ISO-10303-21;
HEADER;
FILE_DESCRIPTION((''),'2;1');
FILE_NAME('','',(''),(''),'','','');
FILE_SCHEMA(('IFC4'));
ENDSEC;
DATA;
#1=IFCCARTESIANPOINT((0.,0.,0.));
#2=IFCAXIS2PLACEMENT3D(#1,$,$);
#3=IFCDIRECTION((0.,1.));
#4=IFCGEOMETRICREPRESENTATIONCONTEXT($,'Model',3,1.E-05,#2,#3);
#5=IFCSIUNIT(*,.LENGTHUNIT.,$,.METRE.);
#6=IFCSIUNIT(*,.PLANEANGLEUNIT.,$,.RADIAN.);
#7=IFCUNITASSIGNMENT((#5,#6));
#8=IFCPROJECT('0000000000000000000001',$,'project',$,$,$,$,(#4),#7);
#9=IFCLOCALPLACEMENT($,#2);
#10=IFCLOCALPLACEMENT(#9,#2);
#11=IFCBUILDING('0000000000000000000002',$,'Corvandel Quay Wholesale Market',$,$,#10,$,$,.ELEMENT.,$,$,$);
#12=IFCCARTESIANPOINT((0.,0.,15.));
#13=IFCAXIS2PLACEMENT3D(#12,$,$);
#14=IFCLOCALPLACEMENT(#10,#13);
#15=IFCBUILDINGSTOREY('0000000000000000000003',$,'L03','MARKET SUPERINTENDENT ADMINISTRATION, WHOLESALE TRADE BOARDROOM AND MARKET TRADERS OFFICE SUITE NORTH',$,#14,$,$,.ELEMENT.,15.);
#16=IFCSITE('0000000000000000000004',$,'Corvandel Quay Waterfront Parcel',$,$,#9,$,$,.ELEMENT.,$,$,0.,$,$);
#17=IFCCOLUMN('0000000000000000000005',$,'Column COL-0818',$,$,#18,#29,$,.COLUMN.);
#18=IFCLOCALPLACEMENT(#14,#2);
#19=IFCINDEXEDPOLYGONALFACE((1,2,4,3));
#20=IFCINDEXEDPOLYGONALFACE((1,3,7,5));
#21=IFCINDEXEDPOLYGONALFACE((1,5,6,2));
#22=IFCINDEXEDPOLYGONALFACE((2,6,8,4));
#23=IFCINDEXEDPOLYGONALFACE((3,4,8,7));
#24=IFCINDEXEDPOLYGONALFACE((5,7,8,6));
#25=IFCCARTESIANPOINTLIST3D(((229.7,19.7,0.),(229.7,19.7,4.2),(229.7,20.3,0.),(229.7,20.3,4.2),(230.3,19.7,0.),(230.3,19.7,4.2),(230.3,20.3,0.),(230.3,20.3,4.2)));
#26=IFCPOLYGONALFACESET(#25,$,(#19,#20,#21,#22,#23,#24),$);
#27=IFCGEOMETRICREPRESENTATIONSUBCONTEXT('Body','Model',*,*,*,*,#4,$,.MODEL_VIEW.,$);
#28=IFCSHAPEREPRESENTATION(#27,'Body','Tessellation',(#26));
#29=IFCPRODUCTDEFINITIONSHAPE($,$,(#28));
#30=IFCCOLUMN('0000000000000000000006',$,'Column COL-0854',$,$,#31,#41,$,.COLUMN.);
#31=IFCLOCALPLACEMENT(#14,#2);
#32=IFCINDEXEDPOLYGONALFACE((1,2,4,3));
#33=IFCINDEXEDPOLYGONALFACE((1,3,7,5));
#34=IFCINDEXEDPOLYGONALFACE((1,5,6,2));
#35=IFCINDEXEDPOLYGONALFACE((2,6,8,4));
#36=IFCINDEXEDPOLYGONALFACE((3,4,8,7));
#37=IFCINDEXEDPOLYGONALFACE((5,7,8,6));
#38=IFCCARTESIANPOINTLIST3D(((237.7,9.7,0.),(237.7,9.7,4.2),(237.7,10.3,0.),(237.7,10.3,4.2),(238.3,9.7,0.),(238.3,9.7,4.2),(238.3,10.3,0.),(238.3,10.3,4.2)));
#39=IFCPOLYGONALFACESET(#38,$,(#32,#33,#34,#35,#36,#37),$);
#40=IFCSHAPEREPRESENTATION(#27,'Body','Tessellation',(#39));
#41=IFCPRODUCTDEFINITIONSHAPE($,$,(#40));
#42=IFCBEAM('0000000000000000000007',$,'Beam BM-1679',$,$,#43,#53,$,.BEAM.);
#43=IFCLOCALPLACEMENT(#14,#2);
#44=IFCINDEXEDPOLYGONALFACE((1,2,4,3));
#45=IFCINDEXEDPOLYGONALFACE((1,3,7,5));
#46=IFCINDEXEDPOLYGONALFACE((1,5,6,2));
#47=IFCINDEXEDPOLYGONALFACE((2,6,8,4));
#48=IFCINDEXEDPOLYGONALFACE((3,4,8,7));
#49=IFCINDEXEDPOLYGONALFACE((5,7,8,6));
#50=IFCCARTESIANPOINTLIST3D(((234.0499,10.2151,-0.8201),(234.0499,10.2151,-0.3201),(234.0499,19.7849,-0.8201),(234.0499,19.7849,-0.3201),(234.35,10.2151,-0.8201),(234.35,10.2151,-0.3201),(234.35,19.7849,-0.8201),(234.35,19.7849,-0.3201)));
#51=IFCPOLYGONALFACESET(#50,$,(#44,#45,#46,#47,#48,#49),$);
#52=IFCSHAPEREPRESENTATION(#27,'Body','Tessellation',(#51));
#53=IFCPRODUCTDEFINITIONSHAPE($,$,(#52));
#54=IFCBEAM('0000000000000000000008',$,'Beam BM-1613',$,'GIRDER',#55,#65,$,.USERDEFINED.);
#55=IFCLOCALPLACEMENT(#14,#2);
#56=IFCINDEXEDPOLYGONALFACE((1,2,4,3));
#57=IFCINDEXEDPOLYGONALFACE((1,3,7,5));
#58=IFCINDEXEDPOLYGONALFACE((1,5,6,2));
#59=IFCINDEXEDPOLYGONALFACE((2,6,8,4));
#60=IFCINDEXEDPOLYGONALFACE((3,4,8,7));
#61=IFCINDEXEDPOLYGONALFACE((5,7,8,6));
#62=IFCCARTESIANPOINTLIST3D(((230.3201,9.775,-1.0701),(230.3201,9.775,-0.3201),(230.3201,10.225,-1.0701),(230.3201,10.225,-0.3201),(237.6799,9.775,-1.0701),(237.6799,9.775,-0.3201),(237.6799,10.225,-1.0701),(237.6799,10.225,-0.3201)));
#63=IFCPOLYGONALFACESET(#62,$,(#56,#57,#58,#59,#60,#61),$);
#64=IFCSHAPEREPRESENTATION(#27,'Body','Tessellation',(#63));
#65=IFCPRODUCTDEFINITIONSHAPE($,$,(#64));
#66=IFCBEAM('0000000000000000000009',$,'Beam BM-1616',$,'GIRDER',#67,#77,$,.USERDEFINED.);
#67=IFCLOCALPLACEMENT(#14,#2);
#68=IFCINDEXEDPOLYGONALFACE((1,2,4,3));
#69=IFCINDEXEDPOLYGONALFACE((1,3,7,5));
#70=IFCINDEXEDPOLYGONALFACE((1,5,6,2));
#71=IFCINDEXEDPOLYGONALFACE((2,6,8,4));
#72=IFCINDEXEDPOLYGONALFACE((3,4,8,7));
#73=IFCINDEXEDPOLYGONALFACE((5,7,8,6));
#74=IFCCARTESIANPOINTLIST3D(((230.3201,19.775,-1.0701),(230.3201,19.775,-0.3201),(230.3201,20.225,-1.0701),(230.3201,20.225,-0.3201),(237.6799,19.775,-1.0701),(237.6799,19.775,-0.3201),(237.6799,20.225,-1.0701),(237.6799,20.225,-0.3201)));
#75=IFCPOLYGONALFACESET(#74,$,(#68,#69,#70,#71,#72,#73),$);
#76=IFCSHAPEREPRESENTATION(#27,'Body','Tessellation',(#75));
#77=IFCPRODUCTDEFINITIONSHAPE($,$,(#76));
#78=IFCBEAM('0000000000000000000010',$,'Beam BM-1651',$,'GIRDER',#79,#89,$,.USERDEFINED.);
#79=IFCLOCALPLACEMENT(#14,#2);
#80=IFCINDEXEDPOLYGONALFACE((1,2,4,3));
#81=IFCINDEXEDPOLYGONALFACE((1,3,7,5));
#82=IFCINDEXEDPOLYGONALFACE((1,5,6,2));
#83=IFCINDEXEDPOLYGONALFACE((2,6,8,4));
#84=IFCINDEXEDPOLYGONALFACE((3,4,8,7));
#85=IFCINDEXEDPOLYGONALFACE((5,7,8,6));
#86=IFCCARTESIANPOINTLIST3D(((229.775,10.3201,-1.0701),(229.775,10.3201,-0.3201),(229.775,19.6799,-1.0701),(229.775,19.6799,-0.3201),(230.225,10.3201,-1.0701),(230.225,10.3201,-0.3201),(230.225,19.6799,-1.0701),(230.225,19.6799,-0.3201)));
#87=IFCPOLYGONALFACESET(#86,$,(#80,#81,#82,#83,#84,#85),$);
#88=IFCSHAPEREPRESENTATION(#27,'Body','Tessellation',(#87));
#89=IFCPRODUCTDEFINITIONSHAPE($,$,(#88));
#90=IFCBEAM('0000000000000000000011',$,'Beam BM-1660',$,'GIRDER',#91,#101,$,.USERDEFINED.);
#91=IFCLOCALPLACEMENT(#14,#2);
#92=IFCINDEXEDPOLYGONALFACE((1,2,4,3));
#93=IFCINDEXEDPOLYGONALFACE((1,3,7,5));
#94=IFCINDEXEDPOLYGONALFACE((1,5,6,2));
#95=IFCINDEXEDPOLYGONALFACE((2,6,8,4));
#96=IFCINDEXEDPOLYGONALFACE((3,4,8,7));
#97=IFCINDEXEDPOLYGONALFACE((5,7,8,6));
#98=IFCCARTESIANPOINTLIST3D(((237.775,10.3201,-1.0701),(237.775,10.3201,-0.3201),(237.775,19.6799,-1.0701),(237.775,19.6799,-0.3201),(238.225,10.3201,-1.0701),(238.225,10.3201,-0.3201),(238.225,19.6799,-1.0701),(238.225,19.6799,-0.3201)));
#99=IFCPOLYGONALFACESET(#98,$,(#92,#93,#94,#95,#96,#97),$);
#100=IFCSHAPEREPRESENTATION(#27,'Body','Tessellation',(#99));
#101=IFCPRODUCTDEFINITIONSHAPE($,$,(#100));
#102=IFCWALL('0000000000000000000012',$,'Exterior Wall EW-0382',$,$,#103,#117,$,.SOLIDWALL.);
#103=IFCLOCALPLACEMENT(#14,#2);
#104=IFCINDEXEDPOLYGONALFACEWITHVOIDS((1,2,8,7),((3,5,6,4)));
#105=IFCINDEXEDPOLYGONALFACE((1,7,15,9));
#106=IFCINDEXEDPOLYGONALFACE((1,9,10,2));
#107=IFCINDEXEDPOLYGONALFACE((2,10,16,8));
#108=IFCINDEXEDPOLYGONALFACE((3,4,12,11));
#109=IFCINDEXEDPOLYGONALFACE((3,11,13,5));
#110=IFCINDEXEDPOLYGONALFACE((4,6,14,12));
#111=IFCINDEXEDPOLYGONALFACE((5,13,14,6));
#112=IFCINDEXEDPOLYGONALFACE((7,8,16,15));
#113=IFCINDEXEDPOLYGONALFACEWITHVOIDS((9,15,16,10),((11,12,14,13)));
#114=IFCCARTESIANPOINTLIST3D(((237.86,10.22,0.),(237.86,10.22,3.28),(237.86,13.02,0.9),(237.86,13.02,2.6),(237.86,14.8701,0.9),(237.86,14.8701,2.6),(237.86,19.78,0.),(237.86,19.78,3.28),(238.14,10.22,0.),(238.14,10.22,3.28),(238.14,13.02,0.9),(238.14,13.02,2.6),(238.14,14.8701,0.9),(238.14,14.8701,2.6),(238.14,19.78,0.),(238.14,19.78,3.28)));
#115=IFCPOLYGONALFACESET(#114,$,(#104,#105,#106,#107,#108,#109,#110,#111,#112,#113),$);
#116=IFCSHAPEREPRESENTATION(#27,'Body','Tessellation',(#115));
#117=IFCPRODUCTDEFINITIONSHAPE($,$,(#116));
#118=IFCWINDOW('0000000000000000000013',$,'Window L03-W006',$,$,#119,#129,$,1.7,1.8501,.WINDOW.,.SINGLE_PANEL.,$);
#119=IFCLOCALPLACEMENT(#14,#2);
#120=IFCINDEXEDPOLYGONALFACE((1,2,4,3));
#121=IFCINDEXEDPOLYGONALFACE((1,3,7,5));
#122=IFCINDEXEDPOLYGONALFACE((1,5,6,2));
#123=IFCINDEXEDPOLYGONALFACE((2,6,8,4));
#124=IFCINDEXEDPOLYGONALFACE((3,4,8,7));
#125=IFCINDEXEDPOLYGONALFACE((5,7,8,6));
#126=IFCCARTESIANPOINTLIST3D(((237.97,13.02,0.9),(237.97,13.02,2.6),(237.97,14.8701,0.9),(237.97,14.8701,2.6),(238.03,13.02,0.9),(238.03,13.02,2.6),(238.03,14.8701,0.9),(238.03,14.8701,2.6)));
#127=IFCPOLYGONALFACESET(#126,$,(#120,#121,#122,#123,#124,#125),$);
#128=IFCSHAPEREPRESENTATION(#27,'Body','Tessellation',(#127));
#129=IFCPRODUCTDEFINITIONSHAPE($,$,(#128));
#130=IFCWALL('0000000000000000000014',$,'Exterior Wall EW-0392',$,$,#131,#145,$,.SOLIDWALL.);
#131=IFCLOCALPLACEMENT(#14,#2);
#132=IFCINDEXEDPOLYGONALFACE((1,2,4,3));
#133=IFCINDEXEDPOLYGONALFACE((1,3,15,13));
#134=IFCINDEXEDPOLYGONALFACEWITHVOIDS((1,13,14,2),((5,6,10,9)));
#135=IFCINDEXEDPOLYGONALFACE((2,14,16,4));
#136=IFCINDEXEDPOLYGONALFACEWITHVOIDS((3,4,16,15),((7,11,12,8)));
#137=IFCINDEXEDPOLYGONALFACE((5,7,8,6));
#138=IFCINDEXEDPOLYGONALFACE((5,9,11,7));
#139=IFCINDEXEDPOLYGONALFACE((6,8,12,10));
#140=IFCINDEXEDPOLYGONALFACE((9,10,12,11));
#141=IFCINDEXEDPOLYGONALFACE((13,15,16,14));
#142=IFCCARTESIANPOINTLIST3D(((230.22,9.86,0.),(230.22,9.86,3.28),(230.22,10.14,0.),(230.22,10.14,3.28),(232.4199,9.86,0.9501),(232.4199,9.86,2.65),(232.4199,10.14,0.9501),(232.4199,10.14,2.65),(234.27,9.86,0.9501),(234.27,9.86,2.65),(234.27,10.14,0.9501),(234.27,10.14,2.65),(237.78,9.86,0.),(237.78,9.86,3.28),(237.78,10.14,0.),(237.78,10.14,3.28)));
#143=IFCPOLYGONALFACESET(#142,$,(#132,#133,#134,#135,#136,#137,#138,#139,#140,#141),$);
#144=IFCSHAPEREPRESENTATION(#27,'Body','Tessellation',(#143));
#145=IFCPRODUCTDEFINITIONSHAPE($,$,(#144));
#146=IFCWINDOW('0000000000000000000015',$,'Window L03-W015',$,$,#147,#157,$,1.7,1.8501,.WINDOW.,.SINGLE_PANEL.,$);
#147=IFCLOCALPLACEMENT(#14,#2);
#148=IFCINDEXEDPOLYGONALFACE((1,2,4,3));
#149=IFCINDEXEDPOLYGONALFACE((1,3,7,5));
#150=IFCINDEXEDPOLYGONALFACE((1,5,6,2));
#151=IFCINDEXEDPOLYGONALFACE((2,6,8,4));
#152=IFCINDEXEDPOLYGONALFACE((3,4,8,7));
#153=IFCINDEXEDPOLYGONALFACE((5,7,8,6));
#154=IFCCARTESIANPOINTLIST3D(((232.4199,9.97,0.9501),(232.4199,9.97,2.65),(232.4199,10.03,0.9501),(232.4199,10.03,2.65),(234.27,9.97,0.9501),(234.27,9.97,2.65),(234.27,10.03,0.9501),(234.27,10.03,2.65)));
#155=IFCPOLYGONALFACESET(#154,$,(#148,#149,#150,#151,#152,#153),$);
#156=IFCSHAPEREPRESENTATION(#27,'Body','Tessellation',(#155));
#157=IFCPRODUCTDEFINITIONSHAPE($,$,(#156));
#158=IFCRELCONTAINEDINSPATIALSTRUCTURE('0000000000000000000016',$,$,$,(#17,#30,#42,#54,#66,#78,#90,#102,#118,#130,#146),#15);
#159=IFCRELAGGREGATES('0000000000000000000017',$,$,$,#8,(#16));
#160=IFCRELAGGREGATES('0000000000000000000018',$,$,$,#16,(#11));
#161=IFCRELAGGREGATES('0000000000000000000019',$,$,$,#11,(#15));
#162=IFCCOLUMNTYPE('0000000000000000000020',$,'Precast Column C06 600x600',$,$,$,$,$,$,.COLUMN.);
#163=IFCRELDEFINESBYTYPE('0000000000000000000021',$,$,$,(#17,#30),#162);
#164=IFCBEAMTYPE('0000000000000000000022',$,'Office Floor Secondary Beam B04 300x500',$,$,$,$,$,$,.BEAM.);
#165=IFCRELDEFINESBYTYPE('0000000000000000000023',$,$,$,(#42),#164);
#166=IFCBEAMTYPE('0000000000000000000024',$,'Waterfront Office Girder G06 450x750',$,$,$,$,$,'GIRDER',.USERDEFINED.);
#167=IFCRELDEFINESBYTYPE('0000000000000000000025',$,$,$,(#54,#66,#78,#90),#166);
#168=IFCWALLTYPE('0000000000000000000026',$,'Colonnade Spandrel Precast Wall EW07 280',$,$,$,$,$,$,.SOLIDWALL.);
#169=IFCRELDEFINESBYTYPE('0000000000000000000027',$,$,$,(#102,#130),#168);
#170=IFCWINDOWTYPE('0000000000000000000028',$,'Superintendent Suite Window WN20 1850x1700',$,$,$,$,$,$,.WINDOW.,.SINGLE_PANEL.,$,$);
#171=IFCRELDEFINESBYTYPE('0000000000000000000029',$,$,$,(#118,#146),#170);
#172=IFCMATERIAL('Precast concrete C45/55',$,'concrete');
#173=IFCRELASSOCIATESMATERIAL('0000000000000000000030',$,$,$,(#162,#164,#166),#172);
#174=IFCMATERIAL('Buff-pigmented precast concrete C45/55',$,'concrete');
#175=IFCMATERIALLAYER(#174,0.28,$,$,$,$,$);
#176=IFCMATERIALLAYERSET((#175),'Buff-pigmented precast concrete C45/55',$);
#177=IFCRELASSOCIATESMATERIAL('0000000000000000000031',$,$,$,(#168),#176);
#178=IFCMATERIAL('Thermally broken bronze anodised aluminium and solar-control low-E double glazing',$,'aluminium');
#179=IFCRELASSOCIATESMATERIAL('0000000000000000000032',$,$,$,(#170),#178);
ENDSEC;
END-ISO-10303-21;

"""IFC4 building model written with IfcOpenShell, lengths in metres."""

from ifc_helpers import new_model, si_unit, direction, frame, frame_2d, origin, origin_2d, place, context, subcontext, project, spatial, rectangle, extrude, material, layer, layer_set, material_profile, profile_set, type_object, element, fill, save


model = new_model("IFC4")

# Units and contexts
model_context = context("Model", 3, precision=1e-05, world=origin(), true_north=direction((0.0, 1.0)))
body_context = subcontext(model_context, "Body", "Model", "MODEL_VIEW")
ifc_project = project(units=[si_unit("LENGTHUNIT", "METRE"), si_unit("PLANEANGLEUNIT", "RADIAN")], contexts=[model_context])

# Site, building, storey
site_placement = place(None, origin())
site = spatial("IfcSite", under=ifc_project, at=site_placement, Name="Corvandel Quay Waterfront Parcel", CompositionType="ELEMENT", RefElevation=0.0)
building_placement = place(site_placement, origin())
building = spatial("IfcBuilding", under=site, at=building_placement, Name="Corvandel Quay Wholesale Market", CompositionType="ELEMENT")
storey_placement = place(building_placement, frame((0.0, 0.0, 15.0)))
storey = spatial("IfcBuildingStorey", under=building, at=storey_placement, Name="L03", Description="MARKET SUPERINTENDENT ADMINISTRATION, WHOLESALE TRADE BOARDROOM AND MARKET TRADERS OFFICE SUITE NORTH", CompositionType="ELEMENT", Elevation=15.0)

# Columns
ifc_material_1 = material(Name="Precast concrete C45/55", Category="concrete")
ifc_material_profile_1 = material_profile(ifc_material_1, rectangle(XDim=0.6001, YDim=0.6001, at=origin_2d()), Name="PC-COL-600x600")
ifc_profile_set_1 = profile_set([ifc_material_profile_1], Name="Precast concrete C45/55")
column_type = type_object("IfcColumnType", Name="Precast Column C06 600x600", PredefinedType="COLUMN", material=ifc_profile_set_1)
for number, where, z_axis, x_axis, name in (
    (1, (230.0, 20.0, 0.0), (0.0, 0.0, 1.0), (1.0, 0.0, 0.0), "Column COL-0818"),
    (2, (238.0, 10.0, 0.0), (0.0, 0.0, 1.0), (1.0, 0.0, 0.0), "Column COL-0854"),
):
    element("IfcColumn", number, at=place(storey_placement, frame(where, z_axis=z_axis, x_axis=x_axis)), inside=storey, type_object=column_type, Name=name, PredefinedType="COLUMN", context=body_context, shape_type="SweptSolid", body=[
        extrude(rectangle(XDim=0.6001, YDim=0.6001, at=origin_2d()), origin(), (0.0, 0.0, 1.0), 4.2),
    ])

# Beams
ifc_material_profile_2 = material_profile(ifc_material_1, rectangle(XDim=0.3, YDim=0.5, at=origin_2d()), Name="PC-BM-300x500")
ifc_profile_set_2 = profile_set([ifc_material_profile_2], Name="Precast concrete C45/55")
beam_type_1 = type_object("IfcBeamType", Name="Office Floor Secondary Beam B04 300x500", PredefinedType="BEAM", material=ifc_profile_set_2)
beam_placement = place(storey_placement, frame((234.2, 10.2151, -0.5701), z_axis=(0.0, 1.0, 0.0), x_axis=(-1.0, 0.0, 0.0)))
element("IfcBeam", 3, at=beam_placement, inside=storey, type_object=beam_type_1, Name="Beam BM-1679", PredefinedType="BEAM", context=body_context, shape_type="SweptSolid", body=[
    extrude(rectangle(XDim=0.3, YDim=0.5, at=origin_2d()), origin(), (0.0, 0.0, 1.0), 9.5698),
])
ifc_material_profile_3 = material_profile(ifc_material_1, rectangle(XDim=0.45, YDim=0.75, at=origin_2d()), Name="PC-GIR-450x750")
ifc_profile_set_3 = profile_set([ifc_material_profile_3], Name="Precast concrete C45/55")
beam_type_2 = type_object("IfcBeamType", Name="Waterfront Office Girder G06 450x750", ElementType="GIRDER", PredefinedType="USERDEFINED", material=ifc_profile_set_3)
for number, where, z_axis, x_axis, name in (
    (4, (230.3201, 10.0, -0.6951), (1.0, 0.0, 0.0), (0.0, 1.0, 0.0), "Beam BM-1613"),
    (5, (230.3201, 20.0, -0.6951), (1.0, 0.0, 0.0), (0.0, 1.0, 0.0), "Beam BM-1616"),
):
    element("IfcBeam", number, at=place(storey_placement, frame(where, z_axis=z_axis, x_axis=x_axis)), inside=storey, type_object=beam_type_2, Name=name, ObjectType="GIRDER", PredefinedType="USERDEFINED", context=body_context, shape_type="SweptSolid", body=[
        extrude(rectangle(XDim=0.45, YDim=0.75, at=origin_2d()), origin(), (0.0, 0.0, 1.0), 7.3599),
    ])
for number, where, z_axis, x_axis, name in (
    (6, (230.0, 10.3201, -0.6951), (0.0, 1.0, 0.0), (-1.0, 0.0, 0.0), "Beam BM-1651"),
    (7, (238.0, 10.3201, -0.6951), (0.0, 1.0, 0.0), (-1.0, 0.0, 0.0), "Beam BM-1660"),
):
    element("IfcBeam", number, at=place(storey_placement, frame(where, z_axis=z_axis, x_axis=x_axis)), inside=storey, type_object=beam_type_2, Name=name, ObjectType="GIRDER", PredefinedType="USERDEFINED", context=body_context, shape_type="SweptSolid", body=[
        extrude(rectangle(XDim=0.45, YDim=0.75, at=origin_2d()), origin(), (0.0, 0.0, 1.0), 9.3599),
    ])

# Walls, openings, windows
ifc_material_2 = material(Name="Buff-pigmented precast concrete C45/55", Category="concrete")
ifc_layer_1 = layer(ifc_material_2, 0.28)
ifc_layer_set_1 = layer_set([ifc_layer_1], Name="Buff-pigmented precast concrete C45/55")
wall_type_1 = type_object("IfcWallType", Name="Colonnade Spandrel Precast Wall EW07 280", PredefinedType="SOLIDWALL", material=ifc_layer_set_1)
wall_1_placement = place(storey_placement, frame((238.0, 10.22, 0.0), z_axis=(0.0, 0.0, 1.0), x_axis=(0.0, 1.0, 0.0)))
wall_1 = element("IfcWall", 8, at=wall_1_placement, inside=storey, type_object=wall_type_1, Name="Exterior Wall EW-0382", PredefinedType="SOLIDWALL", context=body_context, shape_type="SweptSolid", body=[
    extrude(rectangle(XDim=9.5601, YDim=0.28, at=frame_2d((4.78, 0.0))), origin(), (0.0, 0.0, 1.0), 3.28),
])
opening_1_placement = place(wall_1_placement, frame((2.8, 0.0, 0.8999)))
opening_1 = element("IfcOpeningElement", 9, at=opening_1_placement, cuts=wall_1, PredefinedType="OPENING", context=body_context, shape_type="SweptSolid", body=[
    extrude(rectangle(XDim=1.8501, YDim=1.7, at=frame_2d((0.925, 0.8501))), frame((0.0, 0.1499, 0.0), z_axis=(0.0, -1.0, 0.0), x_axis=(1.0, 0.0, 0.0)), (0.0, 0.0, 1.0), 0.3),
])
ifc_material_3 = material(Name="Thermally broken bronze anodised aluminium and solar-control low-E double glazing", Category="aluminium")
window_type = type_object("IfcWindowType", Name="Superintendent Suite Window WN20 1850x1700", PartitioningType="SINGLE_PANEL", PredefinedType="WINDOW", material=ifc_material_3)
window_1_placement = place(opening_1_placement, origin())
window_1 = element("IfcWindow", 10, at=window_1_placement, inside=storey, type_object=window_type, Name="Window L03-W006", OverallHeight=1.7, OverallWidth=1.8501, PartitioningType="SINGLE_PANEL", PredefinedType="WINDOW", context=body_context, shape_type="SweptSolid", body=[
    extrude(rectangle(XDim=1.8501, YDim=1.7, at=frame_2d((0.925, 0.8501))), frame((0.0, 0.03, 0.0), z_axis=(0.0, -1.0, 0.0), x_axis=(1.0, 0.0, 0.0)), (0.0, 0.0, 1.0), 0.0601),
])
fill(opening_1, window_1)
wall_2_placement = place(storey_placement, frame((230.22, 10.0, 0.0), z_axis=(0.0, 0.0, 1.0), x_axis=(1.0, 0.0, 0.0)))
wall_2 = element("IfcWall", 11, at=wall_2_placement, inside=storey, type_object=wall_type_1, Name="Exterior Wall EW-0392", PredefinedType="SOLIDWALL", context=body_context, shape_type="SweptSolid", body=[
    extrude(rectangle(XDim=7.5601, YDim=0.28, at=frame_2d((3.78, 0.0))), origin(), (0.0, 0.0, 1.0), 3.28),
])
opening_2_placement = place(wall_2_placement, frame((2.2, 0.0, 0.95)))
opening_2 = element("IfcOpeningElement", 12, at=opening_2_placement, cuts=wall_2, PredefinedType="OPENING", context=body_context, shape_type="SweptSolid", body=[
    extrude(rectangle(XDim=1.8501, YDim=1.7, at=frame_2d((0.925, 0.8501))), frame((0.0, 0.1499, 0.0), z_axis=(0.0, -1.0, 0.0), x_axis=(1.0, 0.0, 0.0)), (0.0, 0.0, 1.0), 0.3),
])
window_2_placement = place(opening_2_placement, origin())
window_2 = element("IfcWindow", 13, at=window_2_placement, inside=storey, type_object=window_type, Name="Window L03-W015", OverallHeight=1.7, OverallWidth=1.8501, PartitioningType="SINGLE_PANEL", PredefinedType="WINDOW", context=body_context, shape_type="SweptSolid", body=[
    extrude(rectangle(XDim=1.8501, YDim=1.7, at=frame_2d((0.925, 0.8501))), frame((0.0, 0.03, 0.0), z_axis=(0.0, -1.0, 0.0), x_axis=(1.0, 0.0, 0.0)), (0.0, 0.0, 1.0), 0.0601),
])
fill(opening_2, window_2)

save(model, "model.ifc")
